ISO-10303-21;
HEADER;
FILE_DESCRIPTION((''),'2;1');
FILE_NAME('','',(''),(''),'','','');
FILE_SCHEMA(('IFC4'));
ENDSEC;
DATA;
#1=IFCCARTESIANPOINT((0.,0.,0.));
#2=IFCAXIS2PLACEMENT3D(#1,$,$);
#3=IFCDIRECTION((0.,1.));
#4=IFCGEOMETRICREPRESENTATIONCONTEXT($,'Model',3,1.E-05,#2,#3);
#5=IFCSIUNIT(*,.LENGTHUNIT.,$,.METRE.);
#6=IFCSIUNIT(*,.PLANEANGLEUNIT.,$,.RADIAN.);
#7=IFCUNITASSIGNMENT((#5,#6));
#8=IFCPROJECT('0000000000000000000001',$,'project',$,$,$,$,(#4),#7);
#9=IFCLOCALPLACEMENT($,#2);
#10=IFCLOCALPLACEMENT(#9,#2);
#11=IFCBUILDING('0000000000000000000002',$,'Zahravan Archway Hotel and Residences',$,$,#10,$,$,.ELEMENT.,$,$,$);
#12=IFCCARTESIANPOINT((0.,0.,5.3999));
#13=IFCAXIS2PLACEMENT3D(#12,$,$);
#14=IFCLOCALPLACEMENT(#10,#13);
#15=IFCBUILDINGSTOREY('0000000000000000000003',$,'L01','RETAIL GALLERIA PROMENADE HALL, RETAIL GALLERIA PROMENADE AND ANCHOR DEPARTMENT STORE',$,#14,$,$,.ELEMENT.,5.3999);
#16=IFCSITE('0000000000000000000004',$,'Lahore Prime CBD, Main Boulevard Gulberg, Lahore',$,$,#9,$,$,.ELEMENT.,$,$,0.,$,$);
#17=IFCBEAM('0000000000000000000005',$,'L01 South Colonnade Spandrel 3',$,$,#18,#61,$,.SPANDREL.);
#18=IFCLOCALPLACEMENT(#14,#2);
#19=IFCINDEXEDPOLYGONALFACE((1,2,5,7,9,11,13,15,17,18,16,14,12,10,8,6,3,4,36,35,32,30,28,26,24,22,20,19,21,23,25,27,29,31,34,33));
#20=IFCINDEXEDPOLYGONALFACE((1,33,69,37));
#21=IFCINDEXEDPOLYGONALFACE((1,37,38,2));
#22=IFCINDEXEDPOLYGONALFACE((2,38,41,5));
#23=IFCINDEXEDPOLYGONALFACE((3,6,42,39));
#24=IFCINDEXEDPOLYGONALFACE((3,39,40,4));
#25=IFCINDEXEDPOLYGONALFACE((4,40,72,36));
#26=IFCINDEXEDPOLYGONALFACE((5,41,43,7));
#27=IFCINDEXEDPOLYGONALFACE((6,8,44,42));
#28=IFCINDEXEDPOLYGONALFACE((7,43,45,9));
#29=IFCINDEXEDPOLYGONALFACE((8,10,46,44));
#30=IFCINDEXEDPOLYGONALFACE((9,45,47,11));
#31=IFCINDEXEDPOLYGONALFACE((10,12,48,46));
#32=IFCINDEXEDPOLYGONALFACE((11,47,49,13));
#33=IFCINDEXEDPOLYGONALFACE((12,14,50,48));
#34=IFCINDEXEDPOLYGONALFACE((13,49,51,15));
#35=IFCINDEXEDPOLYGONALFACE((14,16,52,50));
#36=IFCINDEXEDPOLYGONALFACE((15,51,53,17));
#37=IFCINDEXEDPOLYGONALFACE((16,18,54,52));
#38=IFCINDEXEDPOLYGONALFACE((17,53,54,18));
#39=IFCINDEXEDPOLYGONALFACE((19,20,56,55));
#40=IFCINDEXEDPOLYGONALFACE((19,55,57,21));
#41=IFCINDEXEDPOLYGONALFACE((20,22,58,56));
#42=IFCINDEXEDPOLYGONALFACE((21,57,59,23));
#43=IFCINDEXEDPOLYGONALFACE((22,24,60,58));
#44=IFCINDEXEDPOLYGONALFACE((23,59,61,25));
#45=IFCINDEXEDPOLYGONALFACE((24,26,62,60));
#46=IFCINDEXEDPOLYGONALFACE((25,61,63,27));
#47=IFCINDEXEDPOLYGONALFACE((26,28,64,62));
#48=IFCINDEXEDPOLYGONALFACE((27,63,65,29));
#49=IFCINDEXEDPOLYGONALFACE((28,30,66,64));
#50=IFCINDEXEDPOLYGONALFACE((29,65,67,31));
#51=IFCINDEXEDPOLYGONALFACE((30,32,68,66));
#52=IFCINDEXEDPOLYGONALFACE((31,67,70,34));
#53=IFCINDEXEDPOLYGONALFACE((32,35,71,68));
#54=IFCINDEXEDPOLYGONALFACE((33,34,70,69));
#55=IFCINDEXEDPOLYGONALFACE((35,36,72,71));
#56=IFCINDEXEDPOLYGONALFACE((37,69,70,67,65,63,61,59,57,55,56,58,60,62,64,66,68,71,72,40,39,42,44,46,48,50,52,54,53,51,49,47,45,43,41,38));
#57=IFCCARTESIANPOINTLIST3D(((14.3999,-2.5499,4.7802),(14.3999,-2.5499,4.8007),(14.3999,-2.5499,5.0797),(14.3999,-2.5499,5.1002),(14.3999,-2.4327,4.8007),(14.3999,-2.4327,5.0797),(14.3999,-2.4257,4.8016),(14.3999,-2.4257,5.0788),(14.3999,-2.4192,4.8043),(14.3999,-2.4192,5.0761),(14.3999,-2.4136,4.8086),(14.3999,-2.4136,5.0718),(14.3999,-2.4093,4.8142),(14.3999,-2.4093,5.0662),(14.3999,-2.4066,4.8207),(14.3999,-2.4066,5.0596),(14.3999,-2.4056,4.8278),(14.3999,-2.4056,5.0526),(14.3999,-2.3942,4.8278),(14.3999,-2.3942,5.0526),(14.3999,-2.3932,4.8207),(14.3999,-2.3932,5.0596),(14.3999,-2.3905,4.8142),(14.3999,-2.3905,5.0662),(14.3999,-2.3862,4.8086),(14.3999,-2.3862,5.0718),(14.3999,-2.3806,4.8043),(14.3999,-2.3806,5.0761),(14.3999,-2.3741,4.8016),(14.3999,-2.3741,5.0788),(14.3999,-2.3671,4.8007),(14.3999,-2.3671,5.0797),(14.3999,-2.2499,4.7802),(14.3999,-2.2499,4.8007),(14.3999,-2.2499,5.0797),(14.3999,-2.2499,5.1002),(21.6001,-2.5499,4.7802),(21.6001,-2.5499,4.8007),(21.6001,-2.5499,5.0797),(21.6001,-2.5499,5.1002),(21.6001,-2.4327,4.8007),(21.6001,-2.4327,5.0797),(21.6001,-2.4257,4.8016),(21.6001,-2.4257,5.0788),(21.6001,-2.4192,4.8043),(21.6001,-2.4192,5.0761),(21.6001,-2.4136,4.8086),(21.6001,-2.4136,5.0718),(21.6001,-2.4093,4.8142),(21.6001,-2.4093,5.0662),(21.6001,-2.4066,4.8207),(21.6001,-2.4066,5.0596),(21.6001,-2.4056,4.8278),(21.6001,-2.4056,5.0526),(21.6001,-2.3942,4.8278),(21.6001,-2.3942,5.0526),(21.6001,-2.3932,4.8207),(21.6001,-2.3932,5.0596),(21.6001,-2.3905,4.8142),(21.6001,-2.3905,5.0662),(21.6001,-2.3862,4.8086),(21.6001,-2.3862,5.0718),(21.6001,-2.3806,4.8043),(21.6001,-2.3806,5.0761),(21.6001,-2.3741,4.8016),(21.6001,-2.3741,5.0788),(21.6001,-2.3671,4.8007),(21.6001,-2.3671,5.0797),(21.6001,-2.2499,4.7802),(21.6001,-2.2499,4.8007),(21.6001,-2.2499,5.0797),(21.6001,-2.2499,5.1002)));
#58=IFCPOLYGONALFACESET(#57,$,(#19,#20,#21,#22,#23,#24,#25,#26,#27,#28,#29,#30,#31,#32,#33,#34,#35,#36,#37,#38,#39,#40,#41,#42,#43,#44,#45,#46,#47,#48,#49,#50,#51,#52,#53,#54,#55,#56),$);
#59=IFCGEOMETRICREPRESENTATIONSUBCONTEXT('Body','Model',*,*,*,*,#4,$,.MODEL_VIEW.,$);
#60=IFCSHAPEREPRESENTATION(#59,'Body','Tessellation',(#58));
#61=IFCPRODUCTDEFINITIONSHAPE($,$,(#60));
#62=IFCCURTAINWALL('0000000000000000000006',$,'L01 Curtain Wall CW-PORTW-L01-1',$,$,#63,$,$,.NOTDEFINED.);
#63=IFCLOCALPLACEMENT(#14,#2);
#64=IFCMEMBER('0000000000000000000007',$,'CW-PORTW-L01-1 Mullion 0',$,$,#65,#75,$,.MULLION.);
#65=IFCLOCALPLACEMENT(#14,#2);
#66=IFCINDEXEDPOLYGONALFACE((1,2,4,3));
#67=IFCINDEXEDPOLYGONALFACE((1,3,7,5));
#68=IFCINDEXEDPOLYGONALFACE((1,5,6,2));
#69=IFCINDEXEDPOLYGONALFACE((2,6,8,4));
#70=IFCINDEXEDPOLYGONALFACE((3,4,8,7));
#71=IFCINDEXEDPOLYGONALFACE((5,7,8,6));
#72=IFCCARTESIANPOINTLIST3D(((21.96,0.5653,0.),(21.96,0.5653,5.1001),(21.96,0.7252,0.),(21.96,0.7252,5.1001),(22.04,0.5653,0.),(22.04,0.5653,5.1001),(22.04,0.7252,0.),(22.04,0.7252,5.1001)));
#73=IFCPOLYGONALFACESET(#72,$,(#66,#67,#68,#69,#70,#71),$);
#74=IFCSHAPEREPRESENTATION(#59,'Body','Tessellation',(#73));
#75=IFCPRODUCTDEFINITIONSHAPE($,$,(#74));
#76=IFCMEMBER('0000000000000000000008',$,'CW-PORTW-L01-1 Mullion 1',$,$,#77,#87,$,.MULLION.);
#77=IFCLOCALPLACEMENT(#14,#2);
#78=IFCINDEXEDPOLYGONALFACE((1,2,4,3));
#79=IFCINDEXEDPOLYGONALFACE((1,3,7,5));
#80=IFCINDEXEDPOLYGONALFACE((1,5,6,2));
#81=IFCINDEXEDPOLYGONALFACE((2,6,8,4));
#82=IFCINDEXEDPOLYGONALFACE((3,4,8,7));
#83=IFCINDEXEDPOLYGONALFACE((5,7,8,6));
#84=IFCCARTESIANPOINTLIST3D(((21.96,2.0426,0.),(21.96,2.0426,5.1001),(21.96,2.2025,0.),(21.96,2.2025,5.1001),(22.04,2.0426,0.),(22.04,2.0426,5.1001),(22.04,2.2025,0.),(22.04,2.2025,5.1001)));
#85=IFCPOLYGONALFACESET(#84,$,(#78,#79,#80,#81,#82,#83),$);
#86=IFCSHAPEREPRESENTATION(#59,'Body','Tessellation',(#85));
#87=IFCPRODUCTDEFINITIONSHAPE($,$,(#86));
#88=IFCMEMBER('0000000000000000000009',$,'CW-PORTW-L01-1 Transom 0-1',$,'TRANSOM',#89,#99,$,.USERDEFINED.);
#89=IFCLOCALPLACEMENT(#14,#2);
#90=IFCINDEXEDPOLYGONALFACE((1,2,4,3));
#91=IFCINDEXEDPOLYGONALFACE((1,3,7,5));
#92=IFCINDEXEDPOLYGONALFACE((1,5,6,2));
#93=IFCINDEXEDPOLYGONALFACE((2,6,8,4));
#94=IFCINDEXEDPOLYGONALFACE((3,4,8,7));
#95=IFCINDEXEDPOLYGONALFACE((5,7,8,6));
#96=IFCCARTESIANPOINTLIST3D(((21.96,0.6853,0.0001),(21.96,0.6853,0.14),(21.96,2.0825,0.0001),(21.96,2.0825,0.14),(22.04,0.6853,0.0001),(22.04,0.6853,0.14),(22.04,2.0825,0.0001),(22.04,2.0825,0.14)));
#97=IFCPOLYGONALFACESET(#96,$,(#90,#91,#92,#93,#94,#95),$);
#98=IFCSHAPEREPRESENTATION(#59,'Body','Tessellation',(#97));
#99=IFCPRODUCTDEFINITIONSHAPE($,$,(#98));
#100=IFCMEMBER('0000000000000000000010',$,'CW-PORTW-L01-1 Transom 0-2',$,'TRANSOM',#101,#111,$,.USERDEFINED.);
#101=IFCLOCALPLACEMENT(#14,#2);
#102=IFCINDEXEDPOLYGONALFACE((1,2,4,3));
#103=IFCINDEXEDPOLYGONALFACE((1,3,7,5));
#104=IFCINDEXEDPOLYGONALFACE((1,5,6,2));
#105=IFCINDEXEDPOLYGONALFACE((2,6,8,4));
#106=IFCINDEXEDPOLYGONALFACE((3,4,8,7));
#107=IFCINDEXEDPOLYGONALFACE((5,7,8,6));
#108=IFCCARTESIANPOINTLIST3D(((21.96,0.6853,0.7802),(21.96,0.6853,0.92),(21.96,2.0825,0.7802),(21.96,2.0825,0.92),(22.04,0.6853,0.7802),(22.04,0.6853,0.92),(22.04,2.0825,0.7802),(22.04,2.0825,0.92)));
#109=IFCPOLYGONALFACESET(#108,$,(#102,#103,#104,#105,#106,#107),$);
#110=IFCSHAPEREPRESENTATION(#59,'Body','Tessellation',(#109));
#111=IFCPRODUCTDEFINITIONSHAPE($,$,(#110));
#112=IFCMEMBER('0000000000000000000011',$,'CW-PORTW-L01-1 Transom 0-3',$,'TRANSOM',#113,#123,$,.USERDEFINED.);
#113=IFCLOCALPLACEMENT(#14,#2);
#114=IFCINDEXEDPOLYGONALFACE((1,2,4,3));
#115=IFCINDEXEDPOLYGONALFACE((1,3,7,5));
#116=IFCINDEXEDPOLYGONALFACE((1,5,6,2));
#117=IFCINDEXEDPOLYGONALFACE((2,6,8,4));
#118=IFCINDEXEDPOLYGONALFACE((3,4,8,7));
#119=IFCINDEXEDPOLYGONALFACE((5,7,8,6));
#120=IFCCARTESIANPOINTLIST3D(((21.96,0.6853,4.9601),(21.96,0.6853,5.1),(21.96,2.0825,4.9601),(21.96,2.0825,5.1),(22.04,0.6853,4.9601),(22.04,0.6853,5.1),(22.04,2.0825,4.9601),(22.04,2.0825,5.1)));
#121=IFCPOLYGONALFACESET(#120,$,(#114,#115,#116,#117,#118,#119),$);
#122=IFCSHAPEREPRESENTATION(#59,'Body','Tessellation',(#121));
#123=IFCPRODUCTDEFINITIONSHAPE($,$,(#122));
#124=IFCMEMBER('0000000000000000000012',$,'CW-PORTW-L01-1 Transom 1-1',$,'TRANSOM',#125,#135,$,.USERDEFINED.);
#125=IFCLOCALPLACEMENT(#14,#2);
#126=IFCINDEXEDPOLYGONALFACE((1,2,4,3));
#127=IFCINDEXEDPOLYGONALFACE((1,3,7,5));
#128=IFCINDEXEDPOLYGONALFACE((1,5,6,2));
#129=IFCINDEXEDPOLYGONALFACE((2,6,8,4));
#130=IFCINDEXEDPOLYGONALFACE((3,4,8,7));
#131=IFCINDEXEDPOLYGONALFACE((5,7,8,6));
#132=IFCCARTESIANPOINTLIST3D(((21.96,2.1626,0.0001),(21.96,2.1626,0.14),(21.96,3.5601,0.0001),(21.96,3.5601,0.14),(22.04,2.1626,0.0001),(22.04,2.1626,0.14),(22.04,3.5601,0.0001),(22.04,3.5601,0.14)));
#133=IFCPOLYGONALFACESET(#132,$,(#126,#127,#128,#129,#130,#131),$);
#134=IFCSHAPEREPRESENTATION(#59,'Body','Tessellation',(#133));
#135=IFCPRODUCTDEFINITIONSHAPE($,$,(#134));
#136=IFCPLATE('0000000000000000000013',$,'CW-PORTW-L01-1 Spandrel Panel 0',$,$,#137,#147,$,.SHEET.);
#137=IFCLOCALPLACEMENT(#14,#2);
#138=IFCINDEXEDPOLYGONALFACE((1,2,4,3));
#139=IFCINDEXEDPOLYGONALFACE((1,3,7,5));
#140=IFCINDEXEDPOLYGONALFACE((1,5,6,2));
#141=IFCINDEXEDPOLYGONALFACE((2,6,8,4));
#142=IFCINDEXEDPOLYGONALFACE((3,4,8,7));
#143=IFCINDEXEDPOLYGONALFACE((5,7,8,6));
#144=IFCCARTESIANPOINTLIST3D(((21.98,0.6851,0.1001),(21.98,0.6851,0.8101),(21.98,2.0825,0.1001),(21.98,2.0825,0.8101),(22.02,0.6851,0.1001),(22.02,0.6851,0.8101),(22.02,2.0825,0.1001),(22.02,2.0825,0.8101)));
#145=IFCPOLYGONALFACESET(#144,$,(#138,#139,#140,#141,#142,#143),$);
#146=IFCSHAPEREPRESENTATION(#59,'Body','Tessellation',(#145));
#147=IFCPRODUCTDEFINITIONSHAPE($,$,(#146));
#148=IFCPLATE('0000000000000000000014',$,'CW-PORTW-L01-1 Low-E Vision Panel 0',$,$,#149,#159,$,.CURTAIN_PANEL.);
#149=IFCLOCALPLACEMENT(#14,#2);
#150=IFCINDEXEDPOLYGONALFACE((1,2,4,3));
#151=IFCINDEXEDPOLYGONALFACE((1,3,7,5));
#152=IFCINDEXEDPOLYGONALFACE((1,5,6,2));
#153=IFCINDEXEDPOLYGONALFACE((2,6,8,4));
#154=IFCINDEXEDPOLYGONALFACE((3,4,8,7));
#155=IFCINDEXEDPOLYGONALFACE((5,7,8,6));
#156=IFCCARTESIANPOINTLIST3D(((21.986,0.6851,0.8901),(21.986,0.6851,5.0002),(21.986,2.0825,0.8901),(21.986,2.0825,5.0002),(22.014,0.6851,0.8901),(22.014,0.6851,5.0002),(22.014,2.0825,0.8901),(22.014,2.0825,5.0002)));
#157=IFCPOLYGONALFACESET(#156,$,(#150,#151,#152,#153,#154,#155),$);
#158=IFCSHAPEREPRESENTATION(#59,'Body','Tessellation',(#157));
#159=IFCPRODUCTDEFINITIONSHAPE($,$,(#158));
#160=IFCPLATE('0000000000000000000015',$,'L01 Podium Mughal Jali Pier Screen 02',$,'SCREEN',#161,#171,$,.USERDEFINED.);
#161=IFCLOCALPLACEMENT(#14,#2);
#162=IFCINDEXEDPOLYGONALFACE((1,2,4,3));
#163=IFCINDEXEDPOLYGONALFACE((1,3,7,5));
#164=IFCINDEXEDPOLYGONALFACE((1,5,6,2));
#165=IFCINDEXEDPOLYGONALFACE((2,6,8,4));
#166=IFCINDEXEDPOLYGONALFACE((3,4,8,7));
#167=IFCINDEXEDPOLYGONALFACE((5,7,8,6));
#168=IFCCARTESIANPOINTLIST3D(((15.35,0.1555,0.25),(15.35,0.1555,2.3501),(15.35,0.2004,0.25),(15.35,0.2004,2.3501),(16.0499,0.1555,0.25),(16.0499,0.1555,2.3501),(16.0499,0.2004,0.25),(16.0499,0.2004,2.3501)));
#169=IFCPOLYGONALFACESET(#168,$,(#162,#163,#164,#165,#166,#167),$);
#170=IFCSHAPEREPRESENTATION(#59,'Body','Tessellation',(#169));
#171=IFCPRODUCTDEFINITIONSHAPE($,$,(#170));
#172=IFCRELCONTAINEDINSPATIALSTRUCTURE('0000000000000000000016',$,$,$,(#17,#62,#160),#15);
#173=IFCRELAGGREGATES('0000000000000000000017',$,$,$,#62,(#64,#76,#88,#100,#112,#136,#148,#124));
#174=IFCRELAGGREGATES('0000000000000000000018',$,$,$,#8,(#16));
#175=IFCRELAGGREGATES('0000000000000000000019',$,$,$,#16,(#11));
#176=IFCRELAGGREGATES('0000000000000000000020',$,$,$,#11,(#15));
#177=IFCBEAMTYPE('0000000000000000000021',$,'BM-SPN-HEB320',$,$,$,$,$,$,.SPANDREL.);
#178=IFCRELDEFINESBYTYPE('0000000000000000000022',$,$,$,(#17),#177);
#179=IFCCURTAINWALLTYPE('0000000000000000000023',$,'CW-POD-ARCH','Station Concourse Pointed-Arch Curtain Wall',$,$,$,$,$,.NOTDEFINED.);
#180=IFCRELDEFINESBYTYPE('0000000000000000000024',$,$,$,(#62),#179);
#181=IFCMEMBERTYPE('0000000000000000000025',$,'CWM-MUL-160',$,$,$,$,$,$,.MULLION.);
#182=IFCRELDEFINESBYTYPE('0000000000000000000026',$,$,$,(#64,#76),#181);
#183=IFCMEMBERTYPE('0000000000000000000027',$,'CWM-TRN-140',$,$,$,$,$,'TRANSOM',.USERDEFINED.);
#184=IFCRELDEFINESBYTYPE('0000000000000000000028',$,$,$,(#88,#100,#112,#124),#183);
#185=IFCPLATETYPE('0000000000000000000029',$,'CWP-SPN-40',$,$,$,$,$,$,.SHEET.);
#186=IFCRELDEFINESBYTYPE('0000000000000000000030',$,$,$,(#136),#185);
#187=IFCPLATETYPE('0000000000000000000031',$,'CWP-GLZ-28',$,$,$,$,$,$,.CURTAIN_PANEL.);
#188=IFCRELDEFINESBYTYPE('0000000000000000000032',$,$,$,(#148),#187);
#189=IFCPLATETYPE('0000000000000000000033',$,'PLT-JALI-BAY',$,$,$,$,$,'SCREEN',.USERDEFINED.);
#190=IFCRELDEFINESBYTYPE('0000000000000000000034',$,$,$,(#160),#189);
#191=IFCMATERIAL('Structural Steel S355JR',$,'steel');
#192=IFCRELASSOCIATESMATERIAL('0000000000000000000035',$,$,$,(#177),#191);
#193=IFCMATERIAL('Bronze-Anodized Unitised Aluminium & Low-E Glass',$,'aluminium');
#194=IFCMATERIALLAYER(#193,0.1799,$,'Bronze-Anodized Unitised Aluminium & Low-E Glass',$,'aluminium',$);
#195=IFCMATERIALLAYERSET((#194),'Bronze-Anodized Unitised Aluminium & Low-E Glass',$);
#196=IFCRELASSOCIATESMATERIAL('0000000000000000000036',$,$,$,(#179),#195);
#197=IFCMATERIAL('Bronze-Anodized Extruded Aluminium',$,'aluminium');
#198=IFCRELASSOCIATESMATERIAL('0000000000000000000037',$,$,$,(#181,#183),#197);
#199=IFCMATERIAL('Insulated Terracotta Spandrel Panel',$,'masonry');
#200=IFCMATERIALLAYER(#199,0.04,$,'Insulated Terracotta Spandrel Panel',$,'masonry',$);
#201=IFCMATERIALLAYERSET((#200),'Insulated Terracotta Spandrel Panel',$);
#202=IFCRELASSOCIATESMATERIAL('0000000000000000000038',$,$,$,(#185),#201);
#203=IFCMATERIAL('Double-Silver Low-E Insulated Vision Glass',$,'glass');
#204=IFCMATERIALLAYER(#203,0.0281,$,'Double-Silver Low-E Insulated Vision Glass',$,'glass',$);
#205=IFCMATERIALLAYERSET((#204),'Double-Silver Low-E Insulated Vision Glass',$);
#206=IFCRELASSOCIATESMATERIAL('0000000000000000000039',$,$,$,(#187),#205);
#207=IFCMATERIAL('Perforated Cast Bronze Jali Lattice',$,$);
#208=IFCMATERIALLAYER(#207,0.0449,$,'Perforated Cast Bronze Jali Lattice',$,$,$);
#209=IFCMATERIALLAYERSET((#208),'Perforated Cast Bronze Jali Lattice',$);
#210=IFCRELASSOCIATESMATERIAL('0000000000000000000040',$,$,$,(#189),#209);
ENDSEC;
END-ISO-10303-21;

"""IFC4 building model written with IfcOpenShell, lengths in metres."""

from ifc_helpers import new_model, si_unit, direction, frame, origin, origin_2d, place, context, subcontext, project, spatial, rectangle, i_section, extrude, source, transform, mapped, material, layer, layer_set, material_profile, profile_set, type_object, type_shapes, element, aggregate, save


model = new_model("IFC4")

# Units and contexts
model_context = context("Model", 3, precision=1e-05, world=origin(), true_north=direction((0.0, 1.0)))
body_context = subcontext(model_context, "Body", "Model", "MODEL_VIEW")
ifc_project = project(units=[si_unit("LENGTHUNIT", "METRE"), si_unit("PLANEANGLEUNIT", "RADIAN")], contexts=[model_context])

# Site, building, storey
site_placement = place(None, origin())
site = spatial("IfcSite", under=ifc_project, at=site_placement, Name="Lahore Prime CBD, Main Boulevard Gulberg, Lahore", CompositionType="ELEMENT", RefElevation=0.0)
building_placement = place(site_placement, origin())
building = spatial("IfcBuilding", under=site, at=building_placement, Name="Zahravan Archway Hotel and Residences", CompositionType="ELEMENT")
storey_placement = place(building_placement, frame((0.0, 0.0, 5.3999)))
storey = spatial("IfcBuildingStorey", under=building, at=storey_placement, Name="L01", Description="RETAIL GALLERIA PROMENADE HALL, RETAIL GALLERIA PROMENADE AND ANCHOR DEPARTMENT STORE", CompositionType="ELEMENT", Elevation=5.3999)

# Beam
ifc_material_1 = material(Name="Structural Steel S355JR", Category="steel")
ifc_material_profile_1 = material_profile(ifc_material_1, i_section(OverallWidth=0.3, OverallDepth=0.3201, WebThickness=0.0115, FlangeThickness=0.0205, FilletRadius=0.0271, at=origin_2d()), Name="HEB 320", Category="steel")
ifc_profile_set_1 = profile_set([ifc_material_profile_1], Name="Structural Steel S355JR")
beam_type_1 = type_object("IfcBeamType", Name="BM-SPN-HEB320", PredefinedType="SPANDREL", material=ifc_profile_set_1)
shared_shape_1 = source(origin(), body_context, "Body", "SweptSolid", [
    extrude(i_section(OverallWidth=0.3, OverallDepth=0.3201, WebThickness=0.0115, FlangeThickness=0.0205, FilletRadius=0.0271, at=origin_2d()), origin(), (0.0, 0.0, 1.0), 7.2002),
])
beam_1_placement = place(storey_placement, frame((14.3999, -2.3999, 4.9402), z_axis=(1.0, 0.0, 0.0), x_axis=(0.0, 1.0, 0.0)))
element("IfcBeam", 1, at=beam_1_placement, inside=storey, type_object=beam_type_1, Name="L01 South Colonnade Spandrel 3", PredefinedType="SPANDREL", context=body_context, shape_type="MappedRepresentation", body=[
    mapped(shared_shape_1, transform((0.0, 0.0, 0.0), scale=1.0)),
])

# Curtain wall, members, plates
ifc_material_2 = material(Name="Bronze-Anodized Unitised Aluminium & Low-E Glass", Category="aluminium")
ifc_layer_1 = layer(ifc_material_2, 0.1799, Name="Bronze-Anodized Unitised Aluminium & Low-E Glass", Category="aluminium")
ifc_layer_set_1 = layer_set([ifc_layer_1], Name="Bronze-Anodized Unitised Aluminium & Low-E Glass")
curtain_wall_type = type_object("IfcCurtainWallType", Name="CW-POD-ARCH", Description="Station Concourse Pointed-Arch Curtain Wall", PredefinedType="NOTDEFINED", material=ifc_layer_set_1)
curtain_wall_placement = place(storey_placement, origin())
curtain_wall = element("IfcCurtainWall", 2, at=curtain_wall_placement, inside=storey, type_object=curtain_wall_type, Name="L01 Curtain Wall CW-PORTW-L01-1", PredefinedType="NOTDEFINED")
ifc_material_3 = material(Name="Bronze-Anodized Extruded Aluminium", Category="aluminium")
ifc_material_profile_2 = material_profile(ifc_material_3, rectangle(XDim=0.0801, YDim=0.1599, at=origin_2d()), Name="MUL 80x160", Category="aluminium")
ifc_profile_set_2 = profile_set([ifc_material_profile_2], Name="Bronze-Anodized Extruded Aluminium")
member_type_1 = type_object("IfcMemberType", Name="CWM-MUL-160", PredefinedType="MULLION", material=ifc_profile_set_2)
shared_shape_2 = source(origin(), body_context, "Body", "SweptSolid", [
    extrude(rectangle(XDim=0.0801, YDim=0.1599, at=origin_2d()), origin(), (0.0, 0.0, 1.0), 5.1001),
])
member_1_placement = place(storey_placement, frame((22.0, 0.6453, 0.0), z_axis=(0.0, 0.0, 1.0), x_axis=(1.0, 0.0, 0.0)))
member_1 = element("IfcMember", 3, at=member_1_placement, type_object=member_type_1, Name="CW-PORTW-L01-1 Mullion 0", PredefinedType="MULLION", context=body_context, shape_type="MappedRepresentation", body=[
    mapped(shared_shape_2, transform((0.0, 0.0, 0.0), scale=1.0)),
])
member_2_placement = place(storey_placement, frame((22.0, 2.1226, 0.0), z_axis=(0.0, 0.0, 1.0), x_axis=(1.0, 0.0, 0.0)))
member_2 = element("IfcMember", 4, at=member_2_placement, type_object=member_type_1, Name="CW-PORTW-L01-1 Mullion 1", PredefinedType="MULLION", context=body_context, shape_type="MappedRepresentation", body=[
    mapped(shared_shape_2, transform((0.0, 0.0, 0.0), scale=1.0)),
])
ifc_material_profile_3 = material_profile(ifc_material_3, rectangle(XDim=0.0801, YDim=0.1399, at=origin_2d()), Name="TRN 80x140", Category="aluminium")
ifc_profile_set_3 = profile_set([ifc_material_profile_3], Name="Bronze-Anodized Extruded Aluminium")
member_type_2 = type_object("IfcMemberType", Name="CWM-TRN-140", ElementType="TRANSOM", PredefinedType="USERDEFINED", material=ifc_profile_set_3)
shared_shape_3 = source(origin(), body_context, "Body", "SweptSolid", [
    extrude(rectangle(XDim=0.0801, YDim=0.1399, at=origin_2d()), origin(), (0.0, 0.0, 1.0), 1.3972),
])
member_3_placement = place(storey_placement, frame((22.0, 0.6853, 0.0701), z_axis=(0.0, 1.0, 0.0), x_axis=(-1.0, 0.0, 0.0)))
member_3 = element("IfcMember", 5, at=member_3_placement, type_object=member_type_2, Name="CW-PORTW-L01-1 Transom 0-1", ObjectType="TRANSOM", PredefinedType="USERDEFINED", context=body_context, shape_type="MappedRepresentation", body=[
    mapped(shared_shape_3, transform((0.0, 0.0, 0.0), scale=1.0)),
])
member_4_placement = place(storey_placement, frame((22.0, 0.6853, 0.8501), z_axis=(0.0, 1.0, 0.0), x_axis=(-1.0, 0.0, 0.0)))
member_4 = element("IfcMember", 6, at=member_4_placement, type_object=member_type_2, Name="CW-PORTW-L01-1 Transom 0-2", ObjectType="TRANSOM", PredefinedType="USERDEFINED", context=body_context, shape_type="MappedRepresentation", body=[
    mapped(shared_shape_3, transform((0.0, 0.0, 0.0), scale=1.0)),
])
member_5_placement = place(storey_placement, frame((22.0, 0.6853, 5.03), z_axis=(0.0, 1.0, 0.0), x_axis=(-1.0, 0.0, 0.0)))
member_5 = element("IfcMember", 7, at=member_5_placement, type_object=member_type_2, Name="CW-PORTW-L01-1 Transom 0-3", ObjectType="TRANSOM", PredefinedType="USERDEFINED", context=body_context, shape_type="MappedRepresentation", body=[
    mapped(shared_shape_3, transform((0.0, 0.0, 0.0), scale=1.0)),
])
shared_shape_4 = source(origin(), body_context, "Body", "SweptSolid", [
    extrude(rectangle(XDim=0.0801, YDim=0.1399, at=origin_2d()), origin(), (0.0, 0.0, 1.0), 1.3975),
])
member_6_placement = place(storey_placement, frame((22.0, 2.1626, 0.0701), z_axis=(0.0, 1.0, 0.0), x_axis=(-1.0, 0.0, 0.0)))
member_6 = element("IfcMember", 8, at=member_6_placement, type_object=member_type_2, Name="CW-PORTW-L01-1 Transom 1-1", ObjectType="TRANSOM", PredefinedType="USERDEFINED", context=body_context, shape_type="MappedRepresentation", body=[
    mapped(shared_shape_4, transform((0.0, 0.0, 0.0), scale=1.0)),
])
ifc_material_4 = material(Name="Insulated Terracotta Spandrel Panel", Category="masonry")
ifc_layer_2 = layer(ifc_material_4, 0.04, Name="Insulated Terracotta Spandrel Panel", Category="masonry")
ifc_layer_set_2 = layer_set([ifc_layer_2], Name="Insulated Terracotta Spandrel Panel")
plate_type_1 = type_object("IfcPlateType", Name="CWP-SPN-40", PredefinedType="SHEET", material=ifc_layer_set_2)
shared_shape_5 = source(origin(), body_context, "Body", "SweptSolid", [
    extrude(rectangle(XDim=1.3975, YDim=0.04, at=origin_2d()), origin(), (0.0, 0.0, 1.0), 0.71),
])
plate_1_placement = place(storey_placement, frame((22.0, 1.3838, 0.1001), z_axis=(0.0, 0.0, 1.0), x_axis=(0.0, 1.0, 0.0)))
plate_1 = element("IfcPlate", 9, at=plate_1_placement, type_object=plate_type_1, Name="CW-PORTW-L01-1 Spandrel Panel 0", PredefinedType="SHEET", context=body_context, shape_type="MappedRepresentation", body=[
    mapped(shared_shape_5, transform((0.0, 0.0, 0.0), scale=1.0)),
])
ifc_material_5 = material(Name="Double-Silver Low-E Insulated Vision Glass", Category="glass")
ifc_layer_3 = layer(ifc_material_5, 0.0281, Name="Double-Silver Low-E Insulated Vision Glass", Category="glass")
ifc_layer_set_3 = layer_set([ifc_layer_3], Name="Double-Silver Low-E Insulated Vision Glass")
plate_type_2 = type_object("IfcPlateType", Name="CWP-GLZ-28", PredefinedType="CURTAIN_PANEL", material=ifc_layer_set_3)
shared_shape_6 = source(origin(), body_context, "Body", "SweptSolid", [
    extrude(rectangle(XDim=1.3975, YDim=0.0281, at=origin_2d()), origin(), (0.0, 0.0, 1.0), 4.1101),
])
plate_2_placement = place(storey_placement, frame((22.0, 1.3838, 0.8901), z_axis=(0.0, 0.0, 1.0), x_axis=(0.0, 1.0, 0.0)))
plate_2 = element("IfcPlate", 10, at=plate_2_placement, type_object=plate_type_2, Name="CW-PORTW-L01-1 Low-E Vision Panel 0", PredefinedType="CURTAIN_PANEL", context=body_context, shape_type="MappedRepresentation", body=[
    mapped(shared_shape_6, transform((0.0, 0.0, 0.0), scale=1.0)),
])
aggregate(curtain_wall, [member_1, member_2, member_3, member_4, member_5, plate_1, plate_2, member_6])

# Plate
ifc_material_6 = material(Name="Perforated Cast Bronze Jali Lattice")
ifc_layer_4 = layer(ifc_material_6, 0.0449, Name="Perforated Cast Bronze Jali Lattice")
ifc_layer_set_4 = layer_set([ifc_layer_4], Name="Perforated Cast Bronze Jali Lattice")
plate_type_3 = type_object("IfcPlateType", Name="PLT-JALI-BAY", ElementType="SCREEN", PredefinedType="USERDEFINED", material=ifc_layer_set_4)
shared_shape_7 = source(origin(), body_context, "Body", "SweptSolid", [
    extrude(rectangle(XDim=0.7, YDim=0.0449, at=origin_2d()), origin(), (0.0, 0.0, 1.0), 2.1001),
])
type_shapes(plate_type_3, [shared_shape_7])
plate_3_placement = place(storey_placement, frame((15.7, 0.178, 0.25), z_axis=(0.0, 0.0, 1.0), x_axis=(1.0, 0.0, 0.0)))
element("IfcPlate", 11, at=plate_3_placement, inside=storey, type_object=plate_type_3, Name="L01 Podium Mughal Jali Pier Screen 02", ObjectType="SCREEN", PredefinedType="USERDEFINED", context=body_context, shape_type="MappedRepresentation", body=[
    mapped(shared_shape_7, transform((0.0, 0.0, 0.0), scale=1.0)),
])

save(model, "model.ifc")
